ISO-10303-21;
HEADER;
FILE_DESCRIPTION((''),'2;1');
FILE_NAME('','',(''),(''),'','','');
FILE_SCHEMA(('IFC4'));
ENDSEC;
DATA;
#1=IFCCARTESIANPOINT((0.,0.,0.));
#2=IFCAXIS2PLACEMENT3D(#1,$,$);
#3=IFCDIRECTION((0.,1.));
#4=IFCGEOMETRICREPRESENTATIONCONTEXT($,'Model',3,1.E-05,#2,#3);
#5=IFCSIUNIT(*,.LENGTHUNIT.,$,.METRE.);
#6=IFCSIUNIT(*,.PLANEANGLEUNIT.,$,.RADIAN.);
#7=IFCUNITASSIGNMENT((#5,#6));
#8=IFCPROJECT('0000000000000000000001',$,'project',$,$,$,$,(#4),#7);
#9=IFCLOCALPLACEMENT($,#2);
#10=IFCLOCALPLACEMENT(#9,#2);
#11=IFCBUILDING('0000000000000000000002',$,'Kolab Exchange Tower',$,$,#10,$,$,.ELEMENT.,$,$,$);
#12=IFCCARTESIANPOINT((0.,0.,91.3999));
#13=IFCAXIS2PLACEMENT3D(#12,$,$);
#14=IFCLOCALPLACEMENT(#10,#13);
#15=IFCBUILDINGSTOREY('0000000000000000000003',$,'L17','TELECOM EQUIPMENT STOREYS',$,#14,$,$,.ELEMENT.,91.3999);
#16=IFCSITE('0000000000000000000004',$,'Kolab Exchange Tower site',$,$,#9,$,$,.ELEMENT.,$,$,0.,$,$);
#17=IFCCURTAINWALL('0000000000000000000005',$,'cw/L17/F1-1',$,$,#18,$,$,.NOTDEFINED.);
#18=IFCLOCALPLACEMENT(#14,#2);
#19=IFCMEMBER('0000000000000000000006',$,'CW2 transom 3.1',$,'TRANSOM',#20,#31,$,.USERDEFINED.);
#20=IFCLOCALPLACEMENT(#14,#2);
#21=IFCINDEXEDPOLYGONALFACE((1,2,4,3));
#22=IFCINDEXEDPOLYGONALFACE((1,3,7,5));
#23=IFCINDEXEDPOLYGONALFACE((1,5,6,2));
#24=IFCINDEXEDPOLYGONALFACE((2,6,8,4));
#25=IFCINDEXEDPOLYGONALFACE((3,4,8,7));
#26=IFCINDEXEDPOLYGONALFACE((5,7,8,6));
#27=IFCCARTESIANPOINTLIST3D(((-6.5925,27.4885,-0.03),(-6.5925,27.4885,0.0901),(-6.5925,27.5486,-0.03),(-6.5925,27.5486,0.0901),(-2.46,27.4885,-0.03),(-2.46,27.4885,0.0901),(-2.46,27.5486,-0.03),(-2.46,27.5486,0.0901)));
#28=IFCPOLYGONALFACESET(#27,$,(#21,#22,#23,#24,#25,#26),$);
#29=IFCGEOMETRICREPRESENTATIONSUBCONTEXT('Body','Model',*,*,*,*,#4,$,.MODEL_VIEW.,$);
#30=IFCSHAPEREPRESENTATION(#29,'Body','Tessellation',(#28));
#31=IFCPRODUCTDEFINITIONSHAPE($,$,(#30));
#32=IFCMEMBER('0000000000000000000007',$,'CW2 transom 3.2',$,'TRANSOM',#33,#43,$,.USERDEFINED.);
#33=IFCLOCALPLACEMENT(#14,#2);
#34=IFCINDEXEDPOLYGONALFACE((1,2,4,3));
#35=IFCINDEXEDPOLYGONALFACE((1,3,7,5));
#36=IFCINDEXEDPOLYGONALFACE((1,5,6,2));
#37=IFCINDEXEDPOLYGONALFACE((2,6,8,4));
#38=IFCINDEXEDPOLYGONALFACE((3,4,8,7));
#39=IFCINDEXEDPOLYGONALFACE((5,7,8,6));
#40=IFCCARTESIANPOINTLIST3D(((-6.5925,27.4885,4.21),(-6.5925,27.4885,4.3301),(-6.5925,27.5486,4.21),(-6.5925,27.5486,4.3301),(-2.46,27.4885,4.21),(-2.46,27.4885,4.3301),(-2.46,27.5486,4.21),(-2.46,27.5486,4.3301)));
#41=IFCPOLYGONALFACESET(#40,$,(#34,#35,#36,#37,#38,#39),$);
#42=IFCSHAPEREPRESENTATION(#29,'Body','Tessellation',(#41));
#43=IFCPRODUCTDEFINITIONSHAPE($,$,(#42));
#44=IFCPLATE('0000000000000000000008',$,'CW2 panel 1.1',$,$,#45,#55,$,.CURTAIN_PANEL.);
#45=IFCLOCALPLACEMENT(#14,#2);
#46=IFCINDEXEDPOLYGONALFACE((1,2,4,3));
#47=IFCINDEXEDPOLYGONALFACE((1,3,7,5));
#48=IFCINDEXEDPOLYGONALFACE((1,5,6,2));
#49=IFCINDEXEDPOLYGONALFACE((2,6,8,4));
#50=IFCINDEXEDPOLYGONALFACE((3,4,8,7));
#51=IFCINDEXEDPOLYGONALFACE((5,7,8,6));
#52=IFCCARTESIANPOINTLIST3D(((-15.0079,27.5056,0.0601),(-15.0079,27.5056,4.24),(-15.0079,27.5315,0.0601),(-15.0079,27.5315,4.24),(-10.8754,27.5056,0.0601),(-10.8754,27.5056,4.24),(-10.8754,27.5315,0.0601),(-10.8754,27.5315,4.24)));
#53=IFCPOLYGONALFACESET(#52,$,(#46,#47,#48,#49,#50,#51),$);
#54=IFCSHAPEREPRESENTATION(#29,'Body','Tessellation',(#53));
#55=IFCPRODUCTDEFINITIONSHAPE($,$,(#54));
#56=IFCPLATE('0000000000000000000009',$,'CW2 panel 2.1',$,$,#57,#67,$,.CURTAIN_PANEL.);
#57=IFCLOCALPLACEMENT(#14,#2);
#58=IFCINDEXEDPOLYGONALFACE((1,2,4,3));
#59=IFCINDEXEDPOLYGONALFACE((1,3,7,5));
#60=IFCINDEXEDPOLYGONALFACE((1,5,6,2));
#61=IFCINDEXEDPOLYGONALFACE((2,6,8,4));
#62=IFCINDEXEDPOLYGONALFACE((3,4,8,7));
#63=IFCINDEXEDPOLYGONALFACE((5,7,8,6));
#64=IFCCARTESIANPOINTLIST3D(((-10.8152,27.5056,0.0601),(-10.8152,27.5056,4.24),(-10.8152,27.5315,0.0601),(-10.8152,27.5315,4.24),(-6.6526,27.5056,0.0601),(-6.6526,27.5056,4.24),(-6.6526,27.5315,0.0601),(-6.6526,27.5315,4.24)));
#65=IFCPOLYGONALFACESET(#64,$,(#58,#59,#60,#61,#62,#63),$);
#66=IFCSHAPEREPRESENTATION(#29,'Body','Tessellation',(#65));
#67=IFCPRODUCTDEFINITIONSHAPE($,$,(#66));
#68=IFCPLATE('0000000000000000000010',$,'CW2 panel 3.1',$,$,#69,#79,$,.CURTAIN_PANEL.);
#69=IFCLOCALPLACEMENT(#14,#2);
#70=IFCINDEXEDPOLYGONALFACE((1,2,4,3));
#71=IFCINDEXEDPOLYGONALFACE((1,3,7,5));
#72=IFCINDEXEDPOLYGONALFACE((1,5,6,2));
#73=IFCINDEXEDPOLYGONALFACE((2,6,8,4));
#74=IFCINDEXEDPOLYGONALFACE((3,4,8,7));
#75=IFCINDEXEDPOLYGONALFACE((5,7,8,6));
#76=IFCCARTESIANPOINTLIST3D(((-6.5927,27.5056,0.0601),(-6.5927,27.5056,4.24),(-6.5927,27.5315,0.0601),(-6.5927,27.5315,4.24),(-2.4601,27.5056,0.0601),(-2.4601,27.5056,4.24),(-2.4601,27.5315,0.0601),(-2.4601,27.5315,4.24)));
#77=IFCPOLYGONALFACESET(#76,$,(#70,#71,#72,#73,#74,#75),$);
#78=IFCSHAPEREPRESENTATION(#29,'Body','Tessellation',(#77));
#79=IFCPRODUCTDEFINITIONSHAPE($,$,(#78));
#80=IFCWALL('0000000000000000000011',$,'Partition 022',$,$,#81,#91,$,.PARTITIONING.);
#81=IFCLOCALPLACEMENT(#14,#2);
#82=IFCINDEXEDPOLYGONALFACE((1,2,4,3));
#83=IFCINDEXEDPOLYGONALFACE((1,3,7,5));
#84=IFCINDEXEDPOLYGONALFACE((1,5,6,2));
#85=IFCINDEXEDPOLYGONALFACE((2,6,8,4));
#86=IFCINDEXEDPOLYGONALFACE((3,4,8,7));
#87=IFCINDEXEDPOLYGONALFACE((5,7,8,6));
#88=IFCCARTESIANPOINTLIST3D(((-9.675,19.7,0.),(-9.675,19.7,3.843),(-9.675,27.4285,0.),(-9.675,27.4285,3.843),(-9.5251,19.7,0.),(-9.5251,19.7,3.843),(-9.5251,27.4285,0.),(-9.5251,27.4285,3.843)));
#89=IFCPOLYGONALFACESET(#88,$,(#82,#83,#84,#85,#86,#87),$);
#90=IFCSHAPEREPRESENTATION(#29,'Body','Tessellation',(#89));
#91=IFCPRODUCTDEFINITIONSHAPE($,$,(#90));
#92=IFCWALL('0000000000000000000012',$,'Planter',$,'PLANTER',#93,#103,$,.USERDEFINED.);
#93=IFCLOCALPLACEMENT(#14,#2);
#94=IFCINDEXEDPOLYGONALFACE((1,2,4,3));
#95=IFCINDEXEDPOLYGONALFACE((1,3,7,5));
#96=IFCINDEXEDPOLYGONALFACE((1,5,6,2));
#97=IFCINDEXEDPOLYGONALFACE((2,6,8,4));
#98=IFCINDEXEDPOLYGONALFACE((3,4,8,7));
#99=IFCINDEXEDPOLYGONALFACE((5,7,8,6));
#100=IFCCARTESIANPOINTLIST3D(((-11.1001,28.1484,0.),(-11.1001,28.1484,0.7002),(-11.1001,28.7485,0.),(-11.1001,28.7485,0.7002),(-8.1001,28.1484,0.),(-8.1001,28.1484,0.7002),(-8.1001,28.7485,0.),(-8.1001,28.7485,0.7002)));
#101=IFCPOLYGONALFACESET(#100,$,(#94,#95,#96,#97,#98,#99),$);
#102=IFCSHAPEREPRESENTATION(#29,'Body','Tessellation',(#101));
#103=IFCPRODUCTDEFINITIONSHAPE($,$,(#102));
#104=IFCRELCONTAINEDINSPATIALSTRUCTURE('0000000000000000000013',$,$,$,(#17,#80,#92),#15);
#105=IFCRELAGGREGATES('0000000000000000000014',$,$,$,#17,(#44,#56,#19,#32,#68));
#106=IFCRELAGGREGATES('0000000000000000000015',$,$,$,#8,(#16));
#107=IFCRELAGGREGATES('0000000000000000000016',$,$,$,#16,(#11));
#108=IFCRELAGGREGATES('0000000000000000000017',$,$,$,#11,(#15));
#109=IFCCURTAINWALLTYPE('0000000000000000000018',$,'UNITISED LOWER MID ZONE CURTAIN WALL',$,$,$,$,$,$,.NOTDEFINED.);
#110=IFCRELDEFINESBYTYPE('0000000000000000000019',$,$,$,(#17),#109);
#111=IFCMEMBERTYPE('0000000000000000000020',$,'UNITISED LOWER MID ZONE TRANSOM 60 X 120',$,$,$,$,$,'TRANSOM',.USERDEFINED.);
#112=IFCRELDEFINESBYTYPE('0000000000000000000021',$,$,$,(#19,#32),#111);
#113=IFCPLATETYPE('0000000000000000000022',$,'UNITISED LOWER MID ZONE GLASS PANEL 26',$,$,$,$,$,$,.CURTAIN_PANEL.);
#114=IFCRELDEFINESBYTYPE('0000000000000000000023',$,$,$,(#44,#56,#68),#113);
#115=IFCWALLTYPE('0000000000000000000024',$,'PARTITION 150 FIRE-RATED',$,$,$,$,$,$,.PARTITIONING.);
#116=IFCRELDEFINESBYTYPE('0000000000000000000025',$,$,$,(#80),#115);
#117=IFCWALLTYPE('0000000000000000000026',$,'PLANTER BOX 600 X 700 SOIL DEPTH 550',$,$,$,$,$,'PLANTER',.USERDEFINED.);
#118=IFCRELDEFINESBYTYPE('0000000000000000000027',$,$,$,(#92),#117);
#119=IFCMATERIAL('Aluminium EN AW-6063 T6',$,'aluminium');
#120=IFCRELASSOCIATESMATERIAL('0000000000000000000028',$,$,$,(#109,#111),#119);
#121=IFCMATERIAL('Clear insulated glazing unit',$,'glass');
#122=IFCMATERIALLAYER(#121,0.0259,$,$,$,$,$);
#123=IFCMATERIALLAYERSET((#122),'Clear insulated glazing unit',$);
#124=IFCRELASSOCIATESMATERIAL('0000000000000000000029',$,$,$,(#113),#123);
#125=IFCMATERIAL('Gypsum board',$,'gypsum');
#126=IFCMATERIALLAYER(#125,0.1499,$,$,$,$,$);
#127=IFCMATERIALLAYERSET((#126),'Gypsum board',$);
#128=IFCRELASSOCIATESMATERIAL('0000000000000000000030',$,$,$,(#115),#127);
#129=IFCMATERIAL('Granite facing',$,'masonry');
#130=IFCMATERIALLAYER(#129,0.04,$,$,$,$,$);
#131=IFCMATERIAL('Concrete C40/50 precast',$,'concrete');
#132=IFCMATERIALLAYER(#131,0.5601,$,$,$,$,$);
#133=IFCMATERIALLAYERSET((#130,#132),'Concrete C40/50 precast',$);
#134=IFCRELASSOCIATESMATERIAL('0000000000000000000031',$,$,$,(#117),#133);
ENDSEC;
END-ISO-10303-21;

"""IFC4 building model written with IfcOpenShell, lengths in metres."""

from ifc_helpers import new_model, si_unit, direction, frame, frame_2d, origin, origin_2d, place, context, subcontext, project, spatial, rectangle, extrude, material, layer, layer_set, material_profile, profile_set, type_object, element, aggregate, save


model = new_model("IFC4")

# Units and contexts
model_context = context("Model", 3, precision=1e-05, world=origin(), true_north=direction((0.0, 1.0)))
body_context = subcontext(model_context, "Body", "Model", "MODEL_VIEW")
ifc_project = project(units=[si_unit("LENGTHUNIT", "METRE"), si_unit("PLANEANGLEUNIT", "RADIAN")], contexts=[model_context])

# Site, building, storey
site_placement = place(None, origin())
site = spatial("IfcSite", under=ifc_project, at=site_placement, Name="Kolab Exchange Tower site", CompositionType="ELEMENT", RefElevation=0.0)
building_placement = place(site_placement, origin())
building = spatial("IfcBuilding", under=site, at=building_placement, Name="Kolab Exchange Tower", CompositionType="ELEMENT")
storey_placement = place(building_placement, frame((0.0, 0.0, 91.3999)))
storey = spatial("IfcBuildingStorey", under=building, at=storey_placement, Name="L17", Description="TELECOM EQUIPMENT STOREYS", CompositionType="ELEMENT", Elevation=91.3999)

# Curtain wall, members, plates
ifc_material_1 = material(Name="Aluminium EN AW-6063 T6", Category="aluminium")
curtain_wall_type = type_object("IfcCurtainWallType", Name="UNITISED LOWER MID ZONE CURTAIN WALL", PredefinedType="NOTDEFINED", material=ifc_material_1)
curtain_wall_placement = place(storey_placement, origin())
curtain_wall = element("IfcCurtainWall", 1, at=curtain_wall_placement, inside=storey, type_object=curtain_wall_type, Name="cw/L17/F1-1", PredefinedType="NOTDEFINED")
ifc_material_profile_1 = material_profile(ifc_material_1, rectangle(XDim=0.0601, YDim=0.1201, at=origin_2d()), Name="RECT 60X120")
ifc_profile_set_1 = profile_set([ifc_material_profile_1], Name="Aluminium EN AW-6063 T6")
member_type_1 = type_object("IfcMemberType", Name="UNITISED LOWER MID ZONE TRANSOM 60 X 120", ElementType="TRANSOM", PredefinedType="USERDEFINED", material=ifc_profile_set_1)
member_1_placement = place(storey_placement, frame((-6.5925, 27.5186, 0.03), z_axis=(1.0, 0.0, 0.0), x_axis=(0.0, 1.0, 0.0)))
member_1 = element("IfcMember", 2, at=member_1_placement, type_object=member_type_1, Name="CW2 transom 3.1", ObjectType="TRANSOM", PredefinedType="USERDEFINED", context=body_context, shape_type="SweptSolid", body=[
    extrude(rectangle(XDim=0.0601, YDim=0.1201, at=origin_2d()), origin(), (0.0, 0.0, 1.0), 4.1326),
])
member_2_placement = place(storey_placement, frame((-6.5925, 27.5186, 4.27), z_axis=(1.0, 0.0, 0.0), x_axis=(0.0, 1.0, 0.0)))
member_2 = element("IfcMember", 3, at=member_2_placement, type_object=member_type_1, Name="CW2 transom 3.2", ObjectType="TRANSOM", PredefinedType="USERDEFINED", context=body_context, shape_type="SweptSolid", body=[
    extrude(rectangle(XDim=0.0601, YDim=0.1201, at=origin_2d()), origin(), (0.0, 0.0, 1.0), 4.1326),
])
ifc_material_2 = material(Name="Clear insulated glazing unit", Category="glass")
ifc_layer_1 = layer(ifc_material_2, 0.0259)
ifc_layer_set_1 = layer_set([ifc_layer_1], Name="Clear insulated glazing unit")
plate_type = type_object("IfcPlateType", Name="UNITISED LOWER MID ZONE GLASS PANEL 26", PredefinedType="CURTAIN_PANEL", material=ifc_layer_set_1)
plate_1_placement = place(storey_placement, frame((-12.9417, 27.5186, 0.0601), z_axis=(0.0, 0.0, 1.0), x_axis=(1.0, 0.0, 0.0)))
plate_1 = element("IfcPlate", 4, at=plate_1_placement, type_object=plate_type, Name="CW2 panel 1.1", PredefinedType="CURTAIN_PANEL", context=body_context, shape_type="SweptSolid", body=[
    extrude(rectangle(XDim=4.1326, YDim=0.0259, at=origin_2d()), origin(), (0.0, 0.0, 1.0), 4.1799),
])
plate_2_placement = place(storey_placement, frame((-8.7339, 27.5186, 0.0601), z_axis=(0.0, 0.0, 1.0), x_axis=(1.0, 0.0, 0.0)))
plate_2 = element("IfcPlate", 5, at=plate_2_placement, type_object=plate_type, Name="CW2 panel 2.1", PredefinedType="CURTAIN_PANEL", context=body_context, shape_type="SweptSolid", body=[
    extrude(rectangle(XDim=4.1626, YDim=0.0259, at=origin_2d()), origin(), (0.0, 0.0, 1.0), 4.1799),
])
plate_3_placement = place(storey_placement, frame((-4.5264, 27.5186, 0.0601), z_axis=(0.0, 0.0, 1.0), x_axis=(1.0, 0.0, 0.0)))
plate_3 = element("IfcPlate", 6, at=plate_3_placement, type_object=plate_type, Name="CW2 panel 3.1", PredefinedType="CURTAIN_PANEL", context=body_context, shape_type="SweptSolid", body=[
    extrude(rectangle(XDim=4.1326, YDim=0.0259, at=origin_2d()), origin(), (0.0, 0.0, 1.0), 4.1799),
])
aggregate(curtain_wall, [plate_1, plate_2, member_1, member_2, plate_3])

# Walls
ifc_material_3 = material(Name="Gypsum board", Category="gypsum")
ifc_layer_2 = layer(ifc_material_3, 0.1499)
ifc_layer_set_2 = layer_set([ifc_layer_2], Name="Gypsum board")
wall_type_1 = type_object("IfcWallType", Name="PARTITION 150 FIRE-RATED", PredefinedType="PARTITIONING", material=ifc_layer_set_2)
wall_1_placement = place(storey_placement, frame((-9.6001, 19.7, 0.0), z_axis=(0.0, 0.0, 1.0), x_axis=(0.0, 1.0, 0.0)))
element("IfcWall", 7, at=wall_1_placement, inside=storey, type_object=wall_type_1, Name="Partition 022", PredefinedType="PARTITIONING", context=body_context, shape_type="SweptSolid", body=[
    extrude(rectangle(XDim=7.7285, YDim=0.1499, at=frame_2d((3.8643, 0.0))), origin(), (0.0, 0.0, 1.0), 3.843),
])
ifc_material_4 = material(Name="Granite facing", Category="masonry")
ifc_layer_3 = layer(ifc_material_4, 0.04)
ifc_material_5 = material(Name="Concrete C40/50 precast", Category="concrete")
ifc_layer_4 = layer(ifc_material_5, 0.5601)
ifc_layer_set_3 = layer_set([ifc_layer_3, ifc_layer_4], Name="Concrete C40/50 precast")
wall_type_2 = type_object("IfcWallType", Name="PLANTER BOX 600 X 700 SOIL DEPTH 550", ElementType="PLANTER", PredefinedType="USERDEFINED", material=ifc_layer_set_3)
wall_2_placement = place(storey_placement, frame((-11.1001, 28.4485, 0.0), z_axis=(0.0, 0.0, 1.0), x_axis=(1.0, 0.0, 0.0)))
element("IfcWall", 8, at=wall_2_placement, inside=storey, type_object=wall_type_2, Name="Planter", ObjectType="PLANTER", PredefinedType="USERDEFINED", context=body_context, shape_type="SweptSolid", body=[
    extrude(rectangle(XDim=3.0, YDim=0.6001, at=frame_2d((1.5, 0.0))), origin(), (0.0, 0.0, 1.0), 0.7002),
])

save(model, "model.ifc")
